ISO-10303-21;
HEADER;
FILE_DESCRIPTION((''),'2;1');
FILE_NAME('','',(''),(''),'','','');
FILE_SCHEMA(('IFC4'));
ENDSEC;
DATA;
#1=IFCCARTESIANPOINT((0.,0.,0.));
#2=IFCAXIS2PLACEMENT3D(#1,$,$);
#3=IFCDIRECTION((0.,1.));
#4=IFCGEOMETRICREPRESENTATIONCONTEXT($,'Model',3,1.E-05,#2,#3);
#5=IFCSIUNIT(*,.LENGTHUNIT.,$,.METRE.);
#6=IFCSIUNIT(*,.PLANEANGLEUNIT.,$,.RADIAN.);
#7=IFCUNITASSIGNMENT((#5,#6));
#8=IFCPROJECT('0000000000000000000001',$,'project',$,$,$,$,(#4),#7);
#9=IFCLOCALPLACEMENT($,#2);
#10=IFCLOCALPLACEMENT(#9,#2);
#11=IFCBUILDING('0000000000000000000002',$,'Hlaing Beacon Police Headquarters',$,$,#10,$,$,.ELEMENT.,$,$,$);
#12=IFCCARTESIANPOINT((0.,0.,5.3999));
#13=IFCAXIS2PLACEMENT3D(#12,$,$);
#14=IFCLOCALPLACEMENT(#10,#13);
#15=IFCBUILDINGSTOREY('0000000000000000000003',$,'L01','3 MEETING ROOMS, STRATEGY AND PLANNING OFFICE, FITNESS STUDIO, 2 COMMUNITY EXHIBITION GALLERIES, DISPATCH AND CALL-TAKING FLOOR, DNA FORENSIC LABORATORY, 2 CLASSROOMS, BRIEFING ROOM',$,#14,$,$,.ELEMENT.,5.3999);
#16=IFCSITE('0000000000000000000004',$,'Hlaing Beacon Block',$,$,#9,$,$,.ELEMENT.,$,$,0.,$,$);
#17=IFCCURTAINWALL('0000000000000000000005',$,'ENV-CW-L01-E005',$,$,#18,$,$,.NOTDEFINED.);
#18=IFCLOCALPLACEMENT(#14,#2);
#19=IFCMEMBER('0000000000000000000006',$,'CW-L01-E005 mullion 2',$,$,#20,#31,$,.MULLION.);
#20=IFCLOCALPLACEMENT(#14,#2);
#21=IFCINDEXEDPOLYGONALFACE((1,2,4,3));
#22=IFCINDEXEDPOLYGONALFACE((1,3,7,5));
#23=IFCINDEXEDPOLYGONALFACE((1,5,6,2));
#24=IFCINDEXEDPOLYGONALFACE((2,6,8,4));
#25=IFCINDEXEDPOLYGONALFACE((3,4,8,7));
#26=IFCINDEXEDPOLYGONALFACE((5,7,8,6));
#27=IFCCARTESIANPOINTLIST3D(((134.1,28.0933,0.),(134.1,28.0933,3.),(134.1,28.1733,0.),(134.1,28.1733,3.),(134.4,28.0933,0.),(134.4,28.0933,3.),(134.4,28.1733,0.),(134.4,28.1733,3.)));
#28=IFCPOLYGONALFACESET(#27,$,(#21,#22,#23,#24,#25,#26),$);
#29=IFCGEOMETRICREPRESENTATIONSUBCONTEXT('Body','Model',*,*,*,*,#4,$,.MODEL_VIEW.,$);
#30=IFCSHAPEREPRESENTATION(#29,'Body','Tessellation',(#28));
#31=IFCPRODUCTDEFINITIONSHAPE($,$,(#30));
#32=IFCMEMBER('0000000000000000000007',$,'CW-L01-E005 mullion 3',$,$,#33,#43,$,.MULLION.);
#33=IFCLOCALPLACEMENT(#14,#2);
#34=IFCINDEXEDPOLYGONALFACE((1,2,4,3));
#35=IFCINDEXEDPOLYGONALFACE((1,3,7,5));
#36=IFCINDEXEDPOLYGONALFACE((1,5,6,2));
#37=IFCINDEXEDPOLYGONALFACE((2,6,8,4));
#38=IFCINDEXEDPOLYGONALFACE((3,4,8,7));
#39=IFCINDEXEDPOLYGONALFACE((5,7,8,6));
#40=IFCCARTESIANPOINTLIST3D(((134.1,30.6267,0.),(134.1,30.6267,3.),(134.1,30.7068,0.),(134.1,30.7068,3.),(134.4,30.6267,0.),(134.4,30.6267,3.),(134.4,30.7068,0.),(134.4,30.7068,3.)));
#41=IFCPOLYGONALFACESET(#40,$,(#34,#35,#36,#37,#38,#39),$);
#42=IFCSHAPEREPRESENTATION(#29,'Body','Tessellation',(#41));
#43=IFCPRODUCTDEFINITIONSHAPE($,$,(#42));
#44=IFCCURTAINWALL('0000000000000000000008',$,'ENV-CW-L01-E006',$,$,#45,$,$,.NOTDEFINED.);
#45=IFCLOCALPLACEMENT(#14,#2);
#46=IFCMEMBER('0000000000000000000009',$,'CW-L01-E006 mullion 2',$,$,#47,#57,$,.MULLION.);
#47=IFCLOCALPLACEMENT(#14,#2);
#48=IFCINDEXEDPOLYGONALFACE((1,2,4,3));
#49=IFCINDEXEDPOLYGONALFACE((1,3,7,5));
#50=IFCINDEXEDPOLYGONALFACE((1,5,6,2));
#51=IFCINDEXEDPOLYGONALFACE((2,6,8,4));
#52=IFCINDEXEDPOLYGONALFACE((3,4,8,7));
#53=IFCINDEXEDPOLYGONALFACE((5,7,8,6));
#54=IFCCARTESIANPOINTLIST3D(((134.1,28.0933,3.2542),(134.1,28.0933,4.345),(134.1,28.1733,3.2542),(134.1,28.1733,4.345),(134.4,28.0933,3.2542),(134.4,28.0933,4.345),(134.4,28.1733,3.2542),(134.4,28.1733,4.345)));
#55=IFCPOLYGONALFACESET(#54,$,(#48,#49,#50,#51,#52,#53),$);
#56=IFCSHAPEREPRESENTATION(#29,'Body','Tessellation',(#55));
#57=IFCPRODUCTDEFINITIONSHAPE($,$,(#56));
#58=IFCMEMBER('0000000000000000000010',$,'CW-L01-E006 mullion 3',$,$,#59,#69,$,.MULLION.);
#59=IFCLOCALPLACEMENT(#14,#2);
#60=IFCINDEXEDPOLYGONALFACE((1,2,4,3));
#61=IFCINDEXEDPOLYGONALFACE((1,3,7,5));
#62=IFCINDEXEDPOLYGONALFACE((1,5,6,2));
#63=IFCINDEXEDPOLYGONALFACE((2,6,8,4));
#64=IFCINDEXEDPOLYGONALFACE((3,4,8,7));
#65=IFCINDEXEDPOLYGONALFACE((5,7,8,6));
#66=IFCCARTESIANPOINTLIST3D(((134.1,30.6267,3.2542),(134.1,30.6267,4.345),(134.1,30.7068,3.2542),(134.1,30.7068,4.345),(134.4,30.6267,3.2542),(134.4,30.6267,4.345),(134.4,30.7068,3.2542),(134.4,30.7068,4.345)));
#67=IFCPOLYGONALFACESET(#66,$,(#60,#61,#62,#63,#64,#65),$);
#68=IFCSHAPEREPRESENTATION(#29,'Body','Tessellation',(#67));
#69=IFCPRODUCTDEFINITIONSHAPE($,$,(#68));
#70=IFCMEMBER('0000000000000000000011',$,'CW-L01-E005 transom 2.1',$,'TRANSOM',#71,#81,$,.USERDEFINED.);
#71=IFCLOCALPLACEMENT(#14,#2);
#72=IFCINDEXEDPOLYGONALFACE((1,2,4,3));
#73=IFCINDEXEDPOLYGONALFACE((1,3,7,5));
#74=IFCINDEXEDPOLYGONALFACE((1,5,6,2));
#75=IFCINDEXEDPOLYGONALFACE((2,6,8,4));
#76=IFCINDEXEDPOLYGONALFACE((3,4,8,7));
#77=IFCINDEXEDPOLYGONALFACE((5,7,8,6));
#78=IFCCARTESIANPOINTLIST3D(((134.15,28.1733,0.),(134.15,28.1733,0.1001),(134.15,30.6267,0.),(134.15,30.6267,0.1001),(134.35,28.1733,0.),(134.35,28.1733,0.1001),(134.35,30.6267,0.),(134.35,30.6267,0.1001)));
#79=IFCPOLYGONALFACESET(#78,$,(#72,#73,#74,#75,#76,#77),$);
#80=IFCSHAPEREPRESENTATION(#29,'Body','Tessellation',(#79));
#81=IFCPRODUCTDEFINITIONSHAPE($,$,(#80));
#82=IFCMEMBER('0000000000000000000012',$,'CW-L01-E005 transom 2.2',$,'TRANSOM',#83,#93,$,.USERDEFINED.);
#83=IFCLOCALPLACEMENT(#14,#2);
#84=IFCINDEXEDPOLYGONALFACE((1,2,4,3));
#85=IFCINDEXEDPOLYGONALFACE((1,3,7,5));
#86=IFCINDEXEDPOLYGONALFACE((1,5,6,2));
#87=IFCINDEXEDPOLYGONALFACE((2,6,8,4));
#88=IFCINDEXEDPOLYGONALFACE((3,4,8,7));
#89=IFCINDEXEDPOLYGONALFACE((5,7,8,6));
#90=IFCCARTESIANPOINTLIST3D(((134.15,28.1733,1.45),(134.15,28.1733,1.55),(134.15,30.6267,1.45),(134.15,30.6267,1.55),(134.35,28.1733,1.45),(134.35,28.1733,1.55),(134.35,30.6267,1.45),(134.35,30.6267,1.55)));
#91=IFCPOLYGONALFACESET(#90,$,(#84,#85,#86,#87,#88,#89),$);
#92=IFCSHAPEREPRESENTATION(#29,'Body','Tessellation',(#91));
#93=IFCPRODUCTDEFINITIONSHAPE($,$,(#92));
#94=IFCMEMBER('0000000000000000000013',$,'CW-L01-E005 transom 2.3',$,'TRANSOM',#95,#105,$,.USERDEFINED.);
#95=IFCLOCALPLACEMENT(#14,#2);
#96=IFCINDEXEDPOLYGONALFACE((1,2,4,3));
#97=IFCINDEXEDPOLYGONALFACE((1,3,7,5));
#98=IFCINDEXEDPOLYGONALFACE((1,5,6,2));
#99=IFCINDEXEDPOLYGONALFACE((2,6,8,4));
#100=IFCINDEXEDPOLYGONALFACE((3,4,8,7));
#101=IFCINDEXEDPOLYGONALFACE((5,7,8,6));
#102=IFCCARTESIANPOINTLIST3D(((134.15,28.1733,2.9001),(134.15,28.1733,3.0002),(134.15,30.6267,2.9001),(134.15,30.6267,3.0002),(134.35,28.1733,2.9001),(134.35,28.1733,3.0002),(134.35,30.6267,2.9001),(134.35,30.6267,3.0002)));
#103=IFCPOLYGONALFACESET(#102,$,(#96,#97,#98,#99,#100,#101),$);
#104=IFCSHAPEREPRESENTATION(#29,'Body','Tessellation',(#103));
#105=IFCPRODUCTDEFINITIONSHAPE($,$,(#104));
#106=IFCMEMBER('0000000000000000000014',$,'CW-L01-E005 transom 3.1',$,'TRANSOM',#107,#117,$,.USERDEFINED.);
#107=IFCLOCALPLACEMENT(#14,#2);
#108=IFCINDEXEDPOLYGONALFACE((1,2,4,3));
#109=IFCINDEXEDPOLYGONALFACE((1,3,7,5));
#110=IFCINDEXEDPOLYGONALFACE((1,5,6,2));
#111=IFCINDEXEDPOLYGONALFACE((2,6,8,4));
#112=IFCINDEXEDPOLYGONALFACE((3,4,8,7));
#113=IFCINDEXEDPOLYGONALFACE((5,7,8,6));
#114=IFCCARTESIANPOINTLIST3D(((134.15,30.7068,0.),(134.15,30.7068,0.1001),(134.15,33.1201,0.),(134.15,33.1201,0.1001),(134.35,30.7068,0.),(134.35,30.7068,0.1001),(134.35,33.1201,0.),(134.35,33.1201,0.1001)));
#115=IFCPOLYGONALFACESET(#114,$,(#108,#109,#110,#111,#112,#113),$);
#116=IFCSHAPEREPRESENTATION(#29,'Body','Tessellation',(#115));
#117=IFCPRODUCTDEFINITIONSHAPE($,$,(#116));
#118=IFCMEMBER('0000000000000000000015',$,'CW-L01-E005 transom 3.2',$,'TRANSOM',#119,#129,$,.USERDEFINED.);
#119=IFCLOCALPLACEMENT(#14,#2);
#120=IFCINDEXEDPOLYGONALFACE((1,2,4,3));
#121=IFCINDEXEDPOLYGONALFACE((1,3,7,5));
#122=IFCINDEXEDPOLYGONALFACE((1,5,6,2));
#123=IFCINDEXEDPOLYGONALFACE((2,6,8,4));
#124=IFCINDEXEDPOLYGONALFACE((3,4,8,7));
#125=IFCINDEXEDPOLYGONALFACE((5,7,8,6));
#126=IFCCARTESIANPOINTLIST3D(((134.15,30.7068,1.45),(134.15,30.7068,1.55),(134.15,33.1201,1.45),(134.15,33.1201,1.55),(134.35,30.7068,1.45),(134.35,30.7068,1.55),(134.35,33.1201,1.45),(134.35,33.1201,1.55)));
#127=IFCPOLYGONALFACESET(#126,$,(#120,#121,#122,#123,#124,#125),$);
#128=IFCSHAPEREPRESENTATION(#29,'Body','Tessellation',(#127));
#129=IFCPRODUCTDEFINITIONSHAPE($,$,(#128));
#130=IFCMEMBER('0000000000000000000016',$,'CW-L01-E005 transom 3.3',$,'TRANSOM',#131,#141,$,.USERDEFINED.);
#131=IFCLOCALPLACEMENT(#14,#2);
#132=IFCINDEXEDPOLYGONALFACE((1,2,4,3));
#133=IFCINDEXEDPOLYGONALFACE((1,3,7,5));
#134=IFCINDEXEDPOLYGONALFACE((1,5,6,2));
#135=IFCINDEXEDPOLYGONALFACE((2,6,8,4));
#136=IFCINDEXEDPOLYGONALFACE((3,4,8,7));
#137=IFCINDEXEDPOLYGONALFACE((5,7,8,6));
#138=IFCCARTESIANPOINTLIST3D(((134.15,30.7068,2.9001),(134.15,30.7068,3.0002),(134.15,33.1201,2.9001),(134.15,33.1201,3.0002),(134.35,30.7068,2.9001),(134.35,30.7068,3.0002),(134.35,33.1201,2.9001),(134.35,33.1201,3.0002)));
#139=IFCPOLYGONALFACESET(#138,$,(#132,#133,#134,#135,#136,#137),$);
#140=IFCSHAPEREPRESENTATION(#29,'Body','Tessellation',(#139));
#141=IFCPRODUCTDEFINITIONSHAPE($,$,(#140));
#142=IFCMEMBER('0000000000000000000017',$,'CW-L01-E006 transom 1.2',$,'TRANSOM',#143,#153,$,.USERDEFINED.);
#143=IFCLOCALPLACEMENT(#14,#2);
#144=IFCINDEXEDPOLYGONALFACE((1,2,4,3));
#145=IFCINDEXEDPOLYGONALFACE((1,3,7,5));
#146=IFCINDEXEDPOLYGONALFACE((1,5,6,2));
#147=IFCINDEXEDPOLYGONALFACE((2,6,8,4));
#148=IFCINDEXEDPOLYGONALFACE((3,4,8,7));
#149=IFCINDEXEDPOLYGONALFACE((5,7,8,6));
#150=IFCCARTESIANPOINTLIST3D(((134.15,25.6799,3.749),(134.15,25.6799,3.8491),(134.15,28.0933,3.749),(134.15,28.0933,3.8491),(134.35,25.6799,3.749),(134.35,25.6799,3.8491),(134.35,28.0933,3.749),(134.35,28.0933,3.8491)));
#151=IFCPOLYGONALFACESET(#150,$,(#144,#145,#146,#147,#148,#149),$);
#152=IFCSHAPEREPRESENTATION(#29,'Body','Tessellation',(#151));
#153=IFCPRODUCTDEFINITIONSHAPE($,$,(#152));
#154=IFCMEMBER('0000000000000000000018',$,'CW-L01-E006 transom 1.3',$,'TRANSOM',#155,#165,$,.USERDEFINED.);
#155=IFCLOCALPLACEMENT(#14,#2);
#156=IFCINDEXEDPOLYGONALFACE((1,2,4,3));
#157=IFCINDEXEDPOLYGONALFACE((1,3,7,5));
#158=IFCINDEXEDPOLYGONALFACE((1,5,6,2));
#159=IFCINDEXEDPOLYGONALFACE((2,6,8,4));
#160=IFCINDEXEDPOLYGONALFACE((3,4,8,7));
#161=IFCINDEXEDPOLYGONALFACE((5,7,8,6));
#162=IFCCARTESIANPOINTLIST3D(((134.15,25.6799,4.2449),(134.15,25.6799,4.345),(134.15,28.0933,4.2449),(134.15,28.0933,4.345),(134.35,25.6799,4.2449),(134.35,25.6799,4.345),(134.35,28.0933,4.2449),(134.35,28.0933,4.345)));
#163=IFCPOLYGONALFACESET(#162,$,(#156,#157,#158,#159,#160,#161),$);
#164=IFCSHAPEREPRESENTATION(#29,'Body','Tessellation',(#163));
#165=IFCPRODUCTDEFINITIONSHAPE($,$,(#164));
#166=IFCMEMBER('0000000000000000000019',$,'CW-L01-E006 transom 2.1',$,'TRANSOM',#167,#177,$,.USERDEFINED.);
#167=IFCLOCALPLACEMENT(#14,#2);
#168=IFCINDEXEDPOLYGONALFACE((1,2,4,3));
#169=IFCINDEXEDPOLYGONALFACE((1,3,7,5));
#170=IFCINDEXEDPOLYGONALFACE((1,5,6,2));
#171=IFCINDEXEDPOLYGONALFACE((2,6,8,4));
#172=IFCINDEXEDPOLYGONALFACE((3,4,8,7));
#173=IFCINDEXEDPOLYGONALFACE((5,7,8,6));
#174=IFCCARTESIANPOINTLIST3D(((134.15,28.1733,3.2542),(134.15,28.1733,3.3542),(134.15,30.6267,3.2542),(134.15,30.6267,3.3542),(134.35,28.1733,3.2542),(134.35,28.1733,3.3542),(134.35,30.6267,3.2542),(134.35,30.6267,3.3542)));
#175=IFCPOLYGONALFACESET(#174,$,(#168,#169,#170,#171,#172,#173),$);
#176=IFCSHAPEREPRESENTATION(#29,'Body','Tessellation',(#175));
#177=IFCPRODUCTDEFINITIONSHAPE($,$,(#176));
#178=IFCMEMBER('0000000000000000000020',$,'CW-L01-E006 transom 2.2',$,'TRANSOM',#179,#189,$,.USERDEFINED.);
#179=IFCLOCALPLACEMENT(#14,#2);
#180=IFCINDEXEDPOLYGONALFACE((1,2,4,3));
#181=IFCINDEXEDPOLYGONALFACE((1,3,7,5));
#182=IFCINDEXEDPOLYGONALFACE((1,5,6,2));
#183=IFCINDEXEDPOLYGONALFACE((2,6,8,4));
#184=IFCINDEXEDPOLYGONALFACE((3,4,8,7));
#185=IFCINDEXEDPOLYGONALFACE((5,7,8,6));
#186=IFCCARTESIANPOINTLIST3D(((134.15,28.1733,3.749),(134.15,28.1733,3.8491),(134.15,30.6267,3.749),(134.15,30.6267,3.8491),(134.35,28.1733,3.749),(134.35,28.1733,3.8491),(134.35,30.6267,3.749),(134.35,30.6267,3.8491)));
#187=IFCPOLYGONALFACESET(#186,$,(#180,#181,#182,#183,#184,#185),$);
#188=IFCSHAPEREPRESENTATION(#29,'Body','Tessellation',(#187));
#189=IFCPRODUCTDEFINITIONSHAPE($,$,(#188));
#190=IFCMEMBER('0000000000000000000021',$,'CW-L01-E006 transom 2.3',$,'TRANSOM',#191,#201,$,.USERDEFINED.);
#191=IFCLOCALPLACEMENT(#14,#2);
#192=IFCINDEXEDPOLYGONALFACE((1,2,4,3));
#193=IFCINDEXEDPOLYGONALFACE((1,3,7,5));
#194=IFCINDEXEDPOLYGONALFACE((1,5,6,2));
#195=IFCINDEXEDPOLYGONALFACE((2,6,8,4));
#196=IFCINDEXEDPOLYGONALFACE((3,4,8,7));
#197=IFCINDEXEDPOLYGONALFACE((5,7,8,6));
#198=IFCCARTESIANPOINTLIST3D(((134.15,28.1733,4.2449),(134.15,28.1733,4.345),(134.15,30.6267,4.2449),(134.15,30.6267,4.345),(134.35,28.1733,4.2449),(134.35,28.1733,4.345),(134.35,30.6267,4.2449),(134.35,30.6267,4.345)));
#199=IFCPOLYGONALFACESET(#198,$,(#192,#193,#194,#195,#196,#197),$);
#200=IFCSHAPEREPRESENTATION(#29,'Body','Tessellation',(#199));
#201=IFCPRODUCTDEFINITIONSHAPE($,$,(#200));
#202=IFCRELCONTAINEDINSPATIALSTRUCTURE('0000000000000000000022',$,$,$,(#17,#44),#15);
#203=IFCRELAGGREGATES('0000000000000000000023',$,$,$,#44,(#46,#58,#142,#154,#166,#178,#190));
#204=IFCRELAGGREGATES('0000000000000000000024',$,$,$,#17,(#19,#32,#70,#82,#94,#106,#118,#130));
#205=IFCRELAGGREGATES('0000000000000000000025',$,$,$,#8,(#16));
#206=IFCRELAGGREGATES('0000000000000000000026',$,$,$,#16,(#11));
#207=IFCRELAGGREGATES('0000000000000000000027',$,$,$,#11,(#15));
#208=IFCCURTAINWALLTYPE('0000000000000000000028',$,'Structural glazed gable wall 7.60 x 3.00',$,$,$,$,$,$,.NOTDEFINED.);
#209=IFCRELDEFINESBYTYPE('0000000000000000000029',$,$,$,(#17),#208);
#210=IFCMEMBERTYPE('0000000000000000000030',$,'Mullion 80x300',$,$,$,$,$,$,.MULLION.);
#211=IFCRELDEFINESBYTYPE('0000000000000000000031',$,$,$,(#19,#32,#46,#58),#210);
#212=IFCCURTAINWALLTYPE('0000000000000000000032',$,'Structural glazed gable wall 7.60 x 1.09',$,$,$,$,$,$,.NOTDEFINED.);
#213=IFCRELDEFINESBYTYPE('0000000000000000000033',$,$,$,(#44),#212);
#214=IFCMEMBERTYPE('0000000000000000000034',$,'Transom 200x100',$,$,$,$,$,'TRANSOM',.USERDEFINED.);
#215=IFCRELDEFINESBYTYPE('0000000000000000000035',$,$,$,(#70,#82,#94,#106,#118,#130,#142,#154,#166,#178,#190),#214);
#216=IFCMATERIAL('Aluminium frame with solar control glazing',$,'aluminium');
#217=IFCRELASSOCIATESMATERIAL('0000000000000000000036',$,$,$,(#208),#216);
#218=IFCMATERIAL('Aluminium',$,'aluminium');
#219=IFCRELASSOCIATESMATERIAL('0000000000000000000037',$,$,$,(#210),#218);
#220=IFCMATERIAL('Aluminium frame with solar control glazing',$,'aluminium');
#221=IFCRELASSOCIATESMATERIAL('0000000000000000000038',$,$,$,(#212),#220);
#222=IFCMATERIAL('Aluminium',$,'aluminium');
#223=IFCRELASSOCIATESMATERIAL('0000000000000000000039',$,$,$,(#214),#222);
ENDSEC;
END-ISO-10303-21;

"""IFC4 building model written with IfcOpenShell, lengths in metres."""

from ifc_helpers import new_model, si_unit, direction, frame, origin, origin_2d, place, context, subcontext, project, spatial, rectangle, extrude, material, material_profile, profile_set, type_object, element, aggregate, save


model = new_model("IFC4")

# Units and contexts
model_context = context("Model", 3, precision=1e-05, world=origin(), true_north=direction((0.0, 1.0)))
body_context = subcontext(model_context, "Body", "Model", "MODEL_VIEW")
ifc_project = project(units=[si_unit("LENGTHUNIT", "METRE"), si_unit("PLANEANGLEUNIT", "RADIAN")], contexts=[model_context])

# Site, building, storey
site_placement = place(None, origin())
site = spatial("IfcSite", under=ifc_project, at=site_placement, Name="Hlaing Beacon Block", CompositionType="ELEMENT", RefElevation=0.0)
building_placement = place(site_placement, origin())
building = spatial("IfcBuilding", under=site, at=building_placement, Name="Hlaing Beacon Police Headquarters", CompositionType="ELEMENT")
storey_placement = place(building_placement, frame((0.0, 0.0, 5.3999)))
storey = spatial("IfcBuildingStorey", under=building, at=storey_placement, Name="L01", Description="3 MEETING ROOMS, STRATEGY AND PLANNING OFFICE, FITNESS STUDIO, 2 COMMUNITY EXHIBITION GALLERIES, DISPATCH AND CALL-TAKING FLOOR, DNA FORENSIC LABORATORY, 2 CLASSROOMS, BRIEFING ROOM", CompositionType="ELEMENT", Elevation=5.3999)

# Curtain walls, members
ifc_material_1 = material(Name="Aluminium frame with solar control glazing", Category="aluminium")
curtain_wall_type_1 = type_object("IfcCurtainWallType", Name="Structural glazed gable wall 7.60 x 3.00", PredefinedType="NOTDEFINED", material=ifc_material_1)
curtain_wall_1_placement = place(storey_placement, origin())
curtain_wall_1 = element("IfcCurtainWall", 1, at=curtain_wall_1_placement, inside=storey, type_object=curtain_wall_type_1, Name="ENV-CW-L01-E005", PredefinedType="NOTDEFINED")
ifc_material_2 = material(Name="Aluminium", Category="aluminium")
ifc_material_profile_1 = material_profile(ifc_material_2, rectangle(XDim=0.3, YDim=0.0801, at=origin_2d()), Name="Mullion 80x300")
ifc_profile_set_1 = profile_set([ifc_material_profile_1], Name="Aluminium")
member_type_1 = type_object("IfcMemberType", Name="Mullion 80x300", PredefinedType="MULLION", material=ifc_profile_set_1)
member_1_placement = place(storey_placement, frame((134.25, 28.1333, 0.0), z_axis=(0.0, 0.0, 1.0), x_axis=(-1.0, 0.0, 0.0)))
member_1 = element("IfcMember", 2, at=member_1_placement, type_object=member_type_1, Name="CW-L01-E005 mullion 2", PredefinedType="MULLION", context=body_context, shape_type="SweptSolid", body=[
    extrude(rectangle(XDim=0.3, YDim=0.0801, at=origin_2d()), origin(), (0.0, 0.0, 1.0), 3.0),
])
member_2_placement = place(storey_placement, frame((134.25, 30.6667, 0.0), z_axis=(0.0, 0.0, 1.0), x_axis=(-1.0, 0.0, 0.0)))
member_2 = element("IfcMember", 3, at=member_2_placement, type_object=member_type_1, Name="CW-L01-E005 mullion 3", PredefinedType="MULLION", context=body_context, shape_type="SweptSolid", body=[
    extrude(rectangle(XDim=0.3, YDim=0.0801, at=origin_2d()), origin(), (0.0, 0.0, 1.0), 3.0),
])
ifc_material_3 = material(Name="Aluminium frame with solar control glazing", Category="aluminium")
curtain_wall_type_2 = type_object("IfcCurtainWallType", Name="Structural glazed gable wall 7.60 x 1.09", PredefinedType="NOTDEFINED", material=ifc_material_3)
curtain_wall_2_placement = place(storey_placement, origin())
curtain_wall_2 = element("IfcCurtainWall", 4, at=curtain_wall_2_placement, inside=storey, type_object=curtain_wall_type_2, Name="ENV-CW-L01-E006", PredefinedType="NOTDEFINED")
member_3_placement = place(storey_placement, frame((134.25, 28.1333, 3.2542), z_axis=(0.0, 0.0, 1.0), x_axis=(-1.0, 0.0, 0.0)))
member_3 = element("IfcMember", 5, at=member_3_placement, type_object=member_type_1, Name="CW-L01-E006 mullion 2", PredefinedType="MULLION", context=body_context, shape_type="SweptSolid", body=[
    extrude(rectangle(XDim=0.3, YDim=0.0801, at=origin_2d()), origin(), (0.0, 0.0, 1.0), 1.0908),
])
member_4_placement = place(storey_placement, frame((134.25, 30.6667, 3.2542), z_axis=(0.0, 0.0, 1.0), x_axis=(-1.0, 0.0, 0.0)))
member_4 = element("IfcMember", 6, at=member_4_placement, type_object=member_type_1, Name="CW-L01-E006 mullion 3", PredefinedType="MULLION", context=body_context, shape_type="SweptSolid", body=[
    extrude(rectangle(XDim=0.3, YDim=0.0801, at=origin_2d()), origin(), (0.0, 0.0, 1.0), 1.0908),
])

# Members
ifc_material_4 = material(Name="Aluminium", Category="aluminium")
ifc_material_profile_2 = material_profile(ifc_material_4, rectangle(XDim=0.2, YDim=0.1001, at=origin_2d()), Name="Transom 200x100")
ifc_profile_set_2 = profile_set([ifc_material_profile_2], Name="Aluminium")
member_type_2 = type_object("IfcMemberType", Name="Transom 200x100", ElementType="TRANSOM", PredefinedType="USERDEFINED", material=ifc_profile_set_2)
member_5_placement = place(storey_placement, frame((134.25, 28.1733, 0.05), z_axis=(0.0, 1.0, 0.0), x_axis=(-1.0, 0.0, 0.0)))
member_5 = element("IfcMember", 7, at=member_5_placement, type_object=member_type_2, Name="CW-L01-E005 transom 2.1", ObjectType="TRANSOM", PredefinedType="USERDEFINED", context=body_context, shape_type="SweptSolid", body=[
    extrude(rectangle(XDim=0.2, YDim=0.1001, at=origin_2d()), origin(), (0.0, 0.0, 1.0), 2.4534),
])
member_6_placement = place(storey_placement, frame((134.25, 28.1733, 1.5), z_axis=(0.0, 1.0, 0.0), x_axis=(-1.0, 0.0, 0.0)))
member_6 = element("IfcMember", 8, at=member_6_placement, type_object=member_type_2, Name="CW-L01-E005 transom 2.2", ObjectType="TRANSOM", PredefinedType="USERDEFINED", context=body_context, shape_type="SweptSolid", body=[
    extrude(rectangle(XDim=0.2, YDim=0.1001, at=origin_2d()), origin(), (0.0, 0.0, 1.0), 2.4534),
])
member_7_placement = place(storey_placement, frame((134.25, 28.1733, 2.9502), z_axis=(0.0, 1.0, 0.0), x_axis=(-1.0, 0.0, 0.0)))
member_7 = element("IfcMember", 9, at=member_7_placement, type_object=member_type_2, Name="CW-L01-E005 transom 2.3", ObjectType="TRANSOM", PredefinedType="USERDEFINED", context=body_context, shape_type="SweptSolid", body=[
    extrude(rectangle(XDim=0.2, YDim=0.1001, at=origin_2d()), origin(), (0.0, 0.0, 1.0), 2.4534),
])
member_8_placement = place(storey_placement, frame((134.25, 30.7068, 0.05), z_axis=(0.0, 1.0, 0.0), x_axis=(-1.0, 0.0, 0.0)))
member_8 = element("IfcMember", 10, at=member_8_placement, type_object=member_type_2, Name="CW-L01-E005 transom 3.1", ObjectType="TRANSOM", PredefinedType="USERDEFINED", context=body_context, shape_type="SweptSolid", body=[
    extrude(rectangle(XDim=0.2, YDim=0.1001, at=origin_2d()), origin(), (0.0, 0.0, 1.0), 2.4133),
])
member_9_placement = place(storey_placement, frame((134.25, 30.7068, 1.5), z_axis=(0.0, 1.0, 0.0), x_axis=(-1.0, 0.0, 0.0)))
member_9 = element("IfcMember", 11, at=member_9_placement, type_object=member_type_2, Name="CW-L01-E005 transom 3.2", ObjectType="TRANSOM", PredefinedType="USERDEFINED", context=body_context, shape_type="SweptSolid", body=[
    extrude(rectangle(XDim=0.2, YDim=0.1001, at=origin_2d()), origin(), (0.0, 0.0, 1.0), 2.4133),
])
member_10_placement = place(storey_placement, frame((134.25, 30.7068, 2.9502), z_axis=(0.0, 1.0, 0.0), x_axis=(-1.0, 0.0, 0.0)))
member_10 = element("IfcMember", 12, at=member_10_placement, type_object=member_type_2, Name="CW-L01-E005 transom 3.3", ObjectType="TRANSOM", PredefinedType="USERDEFINED", context=body_context, shape_type="SweptSolid", body=[
    extrude(rectangle(XDim=0.2, YDim=0.1001, at=origin_2d()), origin(), (0.0, 0.0, 1.0), 2.4133),
])
member_11_placement = place(storey_placement, frame((134.25, 25.6799, 3.7991), z_axis=(0.0, 1.0, 0.0), x_axis=(-1.0, 0.0, 0.0)))
member_11 = element("IfcMember", 13, at=member_11_placement, type_object=member_type_2, Name="CW-L01-E006 transom 1.2", ObjectType="TRANSOM", PredefinedType="USERDEFINED", context=body_context, shape_type="SweptSolid", body=[
    extrude(rectangle(XDim=0.2, YDim=0.1001, at=origin_2d()), origin(), (0.0, 0.0, 1.0), 2.4133),
])
member_12_placement = place(storey_placement, frame((134.25, 25.6799, 4.2949), z_axis=(0.0, 1.0, 0.0), x_axis=(-1.0, 0.0, 0.0)))
member_12 = element("IfcMember", 14, at=member_12_placement, type_object=member_type_2, Name="CW-L01-E006 transom 1.3", ObjectType="TRANSOM", PredefinedType="USERDEFINED", context=body_context, shape_type="SweptSolid", body=[
    extrude(rectangle(XDim=0.2, YDim=0.1001, at=origin_2d()), origin(), (0.0, 0.0, 1.0), 2.4133),
])
member_13_placement = place(storey_placement, frame((134.25, 28.1733, 3.3042), z_axis=(0.0, 1.0, 0.0), x_axis=(-1.0, 0.0, 0.0)))
member_13 = element("IfcMember", 15, at=member_13_placement, type_object=member_type_2, Name="CW-L01-E006 transom 2.1", ObjectType="TRANSOM", PredefinedType="USERDEFINED", context=body_context, shape_type="SweptSolid", body=[
    extrude(rectangle(XDim=0.2, YDim=0.1001, at=origin_2d()), origin(), (0.0, 0.0, 1.0), 2.4534),
])
member_14_placement = place(storey_placement, frame((134.25, 28.1733, 3.7991), z_axis=(0.0, 1.0, 0.0), x_axis=(-1.0, 0.0, 0.0)))
member_14 = element("IfcMember", 16, at=member_14_placement, type_object=member_type_2, Name="CW-L01-E006 transom 2.2", ObjectType="TRANSOM", PredefinedType="USERDEFINED", context=body_context, shape_type="SweptSolid", body=[
    extrude(rectangle(XDim=0.2, YDim=0.1001, at=origin_2d()), origin(), (0.0, 0.0, 1.0), 2.4534),
])
member_15_placement = place(storey_placement, frame((134.25, 28.1733, 4.2949), z_axis=(0.0, 1.0, 0.0), x_axis=(-1.0, 0.0, 0.0)))
member_15 = element("IfcMember", 17, at=member_15_placement, type_object=member_type_2, Name="CW-L01-E006 transom 2.3", ObjectType="TRANSOM", PredefinedType="USERDEFINED", context=body_context, shape_type="SweptSolid", body=[
    extrude(rectangle(XDim=0.2, YDim=0.1001, at=origin_2d()), origin(), (0.0, 0.0, 1.0), 2.4534),
])

aggregate(curtain_wall_2, [member_3, member_4, member_11, member_12, member_13, member_14, member_15])
aggregate(curtain_wall_1, [member_1, member_2, member_5, member_6, member_7, member_8, member_9, member_10])

save(model, "model.ifc")
